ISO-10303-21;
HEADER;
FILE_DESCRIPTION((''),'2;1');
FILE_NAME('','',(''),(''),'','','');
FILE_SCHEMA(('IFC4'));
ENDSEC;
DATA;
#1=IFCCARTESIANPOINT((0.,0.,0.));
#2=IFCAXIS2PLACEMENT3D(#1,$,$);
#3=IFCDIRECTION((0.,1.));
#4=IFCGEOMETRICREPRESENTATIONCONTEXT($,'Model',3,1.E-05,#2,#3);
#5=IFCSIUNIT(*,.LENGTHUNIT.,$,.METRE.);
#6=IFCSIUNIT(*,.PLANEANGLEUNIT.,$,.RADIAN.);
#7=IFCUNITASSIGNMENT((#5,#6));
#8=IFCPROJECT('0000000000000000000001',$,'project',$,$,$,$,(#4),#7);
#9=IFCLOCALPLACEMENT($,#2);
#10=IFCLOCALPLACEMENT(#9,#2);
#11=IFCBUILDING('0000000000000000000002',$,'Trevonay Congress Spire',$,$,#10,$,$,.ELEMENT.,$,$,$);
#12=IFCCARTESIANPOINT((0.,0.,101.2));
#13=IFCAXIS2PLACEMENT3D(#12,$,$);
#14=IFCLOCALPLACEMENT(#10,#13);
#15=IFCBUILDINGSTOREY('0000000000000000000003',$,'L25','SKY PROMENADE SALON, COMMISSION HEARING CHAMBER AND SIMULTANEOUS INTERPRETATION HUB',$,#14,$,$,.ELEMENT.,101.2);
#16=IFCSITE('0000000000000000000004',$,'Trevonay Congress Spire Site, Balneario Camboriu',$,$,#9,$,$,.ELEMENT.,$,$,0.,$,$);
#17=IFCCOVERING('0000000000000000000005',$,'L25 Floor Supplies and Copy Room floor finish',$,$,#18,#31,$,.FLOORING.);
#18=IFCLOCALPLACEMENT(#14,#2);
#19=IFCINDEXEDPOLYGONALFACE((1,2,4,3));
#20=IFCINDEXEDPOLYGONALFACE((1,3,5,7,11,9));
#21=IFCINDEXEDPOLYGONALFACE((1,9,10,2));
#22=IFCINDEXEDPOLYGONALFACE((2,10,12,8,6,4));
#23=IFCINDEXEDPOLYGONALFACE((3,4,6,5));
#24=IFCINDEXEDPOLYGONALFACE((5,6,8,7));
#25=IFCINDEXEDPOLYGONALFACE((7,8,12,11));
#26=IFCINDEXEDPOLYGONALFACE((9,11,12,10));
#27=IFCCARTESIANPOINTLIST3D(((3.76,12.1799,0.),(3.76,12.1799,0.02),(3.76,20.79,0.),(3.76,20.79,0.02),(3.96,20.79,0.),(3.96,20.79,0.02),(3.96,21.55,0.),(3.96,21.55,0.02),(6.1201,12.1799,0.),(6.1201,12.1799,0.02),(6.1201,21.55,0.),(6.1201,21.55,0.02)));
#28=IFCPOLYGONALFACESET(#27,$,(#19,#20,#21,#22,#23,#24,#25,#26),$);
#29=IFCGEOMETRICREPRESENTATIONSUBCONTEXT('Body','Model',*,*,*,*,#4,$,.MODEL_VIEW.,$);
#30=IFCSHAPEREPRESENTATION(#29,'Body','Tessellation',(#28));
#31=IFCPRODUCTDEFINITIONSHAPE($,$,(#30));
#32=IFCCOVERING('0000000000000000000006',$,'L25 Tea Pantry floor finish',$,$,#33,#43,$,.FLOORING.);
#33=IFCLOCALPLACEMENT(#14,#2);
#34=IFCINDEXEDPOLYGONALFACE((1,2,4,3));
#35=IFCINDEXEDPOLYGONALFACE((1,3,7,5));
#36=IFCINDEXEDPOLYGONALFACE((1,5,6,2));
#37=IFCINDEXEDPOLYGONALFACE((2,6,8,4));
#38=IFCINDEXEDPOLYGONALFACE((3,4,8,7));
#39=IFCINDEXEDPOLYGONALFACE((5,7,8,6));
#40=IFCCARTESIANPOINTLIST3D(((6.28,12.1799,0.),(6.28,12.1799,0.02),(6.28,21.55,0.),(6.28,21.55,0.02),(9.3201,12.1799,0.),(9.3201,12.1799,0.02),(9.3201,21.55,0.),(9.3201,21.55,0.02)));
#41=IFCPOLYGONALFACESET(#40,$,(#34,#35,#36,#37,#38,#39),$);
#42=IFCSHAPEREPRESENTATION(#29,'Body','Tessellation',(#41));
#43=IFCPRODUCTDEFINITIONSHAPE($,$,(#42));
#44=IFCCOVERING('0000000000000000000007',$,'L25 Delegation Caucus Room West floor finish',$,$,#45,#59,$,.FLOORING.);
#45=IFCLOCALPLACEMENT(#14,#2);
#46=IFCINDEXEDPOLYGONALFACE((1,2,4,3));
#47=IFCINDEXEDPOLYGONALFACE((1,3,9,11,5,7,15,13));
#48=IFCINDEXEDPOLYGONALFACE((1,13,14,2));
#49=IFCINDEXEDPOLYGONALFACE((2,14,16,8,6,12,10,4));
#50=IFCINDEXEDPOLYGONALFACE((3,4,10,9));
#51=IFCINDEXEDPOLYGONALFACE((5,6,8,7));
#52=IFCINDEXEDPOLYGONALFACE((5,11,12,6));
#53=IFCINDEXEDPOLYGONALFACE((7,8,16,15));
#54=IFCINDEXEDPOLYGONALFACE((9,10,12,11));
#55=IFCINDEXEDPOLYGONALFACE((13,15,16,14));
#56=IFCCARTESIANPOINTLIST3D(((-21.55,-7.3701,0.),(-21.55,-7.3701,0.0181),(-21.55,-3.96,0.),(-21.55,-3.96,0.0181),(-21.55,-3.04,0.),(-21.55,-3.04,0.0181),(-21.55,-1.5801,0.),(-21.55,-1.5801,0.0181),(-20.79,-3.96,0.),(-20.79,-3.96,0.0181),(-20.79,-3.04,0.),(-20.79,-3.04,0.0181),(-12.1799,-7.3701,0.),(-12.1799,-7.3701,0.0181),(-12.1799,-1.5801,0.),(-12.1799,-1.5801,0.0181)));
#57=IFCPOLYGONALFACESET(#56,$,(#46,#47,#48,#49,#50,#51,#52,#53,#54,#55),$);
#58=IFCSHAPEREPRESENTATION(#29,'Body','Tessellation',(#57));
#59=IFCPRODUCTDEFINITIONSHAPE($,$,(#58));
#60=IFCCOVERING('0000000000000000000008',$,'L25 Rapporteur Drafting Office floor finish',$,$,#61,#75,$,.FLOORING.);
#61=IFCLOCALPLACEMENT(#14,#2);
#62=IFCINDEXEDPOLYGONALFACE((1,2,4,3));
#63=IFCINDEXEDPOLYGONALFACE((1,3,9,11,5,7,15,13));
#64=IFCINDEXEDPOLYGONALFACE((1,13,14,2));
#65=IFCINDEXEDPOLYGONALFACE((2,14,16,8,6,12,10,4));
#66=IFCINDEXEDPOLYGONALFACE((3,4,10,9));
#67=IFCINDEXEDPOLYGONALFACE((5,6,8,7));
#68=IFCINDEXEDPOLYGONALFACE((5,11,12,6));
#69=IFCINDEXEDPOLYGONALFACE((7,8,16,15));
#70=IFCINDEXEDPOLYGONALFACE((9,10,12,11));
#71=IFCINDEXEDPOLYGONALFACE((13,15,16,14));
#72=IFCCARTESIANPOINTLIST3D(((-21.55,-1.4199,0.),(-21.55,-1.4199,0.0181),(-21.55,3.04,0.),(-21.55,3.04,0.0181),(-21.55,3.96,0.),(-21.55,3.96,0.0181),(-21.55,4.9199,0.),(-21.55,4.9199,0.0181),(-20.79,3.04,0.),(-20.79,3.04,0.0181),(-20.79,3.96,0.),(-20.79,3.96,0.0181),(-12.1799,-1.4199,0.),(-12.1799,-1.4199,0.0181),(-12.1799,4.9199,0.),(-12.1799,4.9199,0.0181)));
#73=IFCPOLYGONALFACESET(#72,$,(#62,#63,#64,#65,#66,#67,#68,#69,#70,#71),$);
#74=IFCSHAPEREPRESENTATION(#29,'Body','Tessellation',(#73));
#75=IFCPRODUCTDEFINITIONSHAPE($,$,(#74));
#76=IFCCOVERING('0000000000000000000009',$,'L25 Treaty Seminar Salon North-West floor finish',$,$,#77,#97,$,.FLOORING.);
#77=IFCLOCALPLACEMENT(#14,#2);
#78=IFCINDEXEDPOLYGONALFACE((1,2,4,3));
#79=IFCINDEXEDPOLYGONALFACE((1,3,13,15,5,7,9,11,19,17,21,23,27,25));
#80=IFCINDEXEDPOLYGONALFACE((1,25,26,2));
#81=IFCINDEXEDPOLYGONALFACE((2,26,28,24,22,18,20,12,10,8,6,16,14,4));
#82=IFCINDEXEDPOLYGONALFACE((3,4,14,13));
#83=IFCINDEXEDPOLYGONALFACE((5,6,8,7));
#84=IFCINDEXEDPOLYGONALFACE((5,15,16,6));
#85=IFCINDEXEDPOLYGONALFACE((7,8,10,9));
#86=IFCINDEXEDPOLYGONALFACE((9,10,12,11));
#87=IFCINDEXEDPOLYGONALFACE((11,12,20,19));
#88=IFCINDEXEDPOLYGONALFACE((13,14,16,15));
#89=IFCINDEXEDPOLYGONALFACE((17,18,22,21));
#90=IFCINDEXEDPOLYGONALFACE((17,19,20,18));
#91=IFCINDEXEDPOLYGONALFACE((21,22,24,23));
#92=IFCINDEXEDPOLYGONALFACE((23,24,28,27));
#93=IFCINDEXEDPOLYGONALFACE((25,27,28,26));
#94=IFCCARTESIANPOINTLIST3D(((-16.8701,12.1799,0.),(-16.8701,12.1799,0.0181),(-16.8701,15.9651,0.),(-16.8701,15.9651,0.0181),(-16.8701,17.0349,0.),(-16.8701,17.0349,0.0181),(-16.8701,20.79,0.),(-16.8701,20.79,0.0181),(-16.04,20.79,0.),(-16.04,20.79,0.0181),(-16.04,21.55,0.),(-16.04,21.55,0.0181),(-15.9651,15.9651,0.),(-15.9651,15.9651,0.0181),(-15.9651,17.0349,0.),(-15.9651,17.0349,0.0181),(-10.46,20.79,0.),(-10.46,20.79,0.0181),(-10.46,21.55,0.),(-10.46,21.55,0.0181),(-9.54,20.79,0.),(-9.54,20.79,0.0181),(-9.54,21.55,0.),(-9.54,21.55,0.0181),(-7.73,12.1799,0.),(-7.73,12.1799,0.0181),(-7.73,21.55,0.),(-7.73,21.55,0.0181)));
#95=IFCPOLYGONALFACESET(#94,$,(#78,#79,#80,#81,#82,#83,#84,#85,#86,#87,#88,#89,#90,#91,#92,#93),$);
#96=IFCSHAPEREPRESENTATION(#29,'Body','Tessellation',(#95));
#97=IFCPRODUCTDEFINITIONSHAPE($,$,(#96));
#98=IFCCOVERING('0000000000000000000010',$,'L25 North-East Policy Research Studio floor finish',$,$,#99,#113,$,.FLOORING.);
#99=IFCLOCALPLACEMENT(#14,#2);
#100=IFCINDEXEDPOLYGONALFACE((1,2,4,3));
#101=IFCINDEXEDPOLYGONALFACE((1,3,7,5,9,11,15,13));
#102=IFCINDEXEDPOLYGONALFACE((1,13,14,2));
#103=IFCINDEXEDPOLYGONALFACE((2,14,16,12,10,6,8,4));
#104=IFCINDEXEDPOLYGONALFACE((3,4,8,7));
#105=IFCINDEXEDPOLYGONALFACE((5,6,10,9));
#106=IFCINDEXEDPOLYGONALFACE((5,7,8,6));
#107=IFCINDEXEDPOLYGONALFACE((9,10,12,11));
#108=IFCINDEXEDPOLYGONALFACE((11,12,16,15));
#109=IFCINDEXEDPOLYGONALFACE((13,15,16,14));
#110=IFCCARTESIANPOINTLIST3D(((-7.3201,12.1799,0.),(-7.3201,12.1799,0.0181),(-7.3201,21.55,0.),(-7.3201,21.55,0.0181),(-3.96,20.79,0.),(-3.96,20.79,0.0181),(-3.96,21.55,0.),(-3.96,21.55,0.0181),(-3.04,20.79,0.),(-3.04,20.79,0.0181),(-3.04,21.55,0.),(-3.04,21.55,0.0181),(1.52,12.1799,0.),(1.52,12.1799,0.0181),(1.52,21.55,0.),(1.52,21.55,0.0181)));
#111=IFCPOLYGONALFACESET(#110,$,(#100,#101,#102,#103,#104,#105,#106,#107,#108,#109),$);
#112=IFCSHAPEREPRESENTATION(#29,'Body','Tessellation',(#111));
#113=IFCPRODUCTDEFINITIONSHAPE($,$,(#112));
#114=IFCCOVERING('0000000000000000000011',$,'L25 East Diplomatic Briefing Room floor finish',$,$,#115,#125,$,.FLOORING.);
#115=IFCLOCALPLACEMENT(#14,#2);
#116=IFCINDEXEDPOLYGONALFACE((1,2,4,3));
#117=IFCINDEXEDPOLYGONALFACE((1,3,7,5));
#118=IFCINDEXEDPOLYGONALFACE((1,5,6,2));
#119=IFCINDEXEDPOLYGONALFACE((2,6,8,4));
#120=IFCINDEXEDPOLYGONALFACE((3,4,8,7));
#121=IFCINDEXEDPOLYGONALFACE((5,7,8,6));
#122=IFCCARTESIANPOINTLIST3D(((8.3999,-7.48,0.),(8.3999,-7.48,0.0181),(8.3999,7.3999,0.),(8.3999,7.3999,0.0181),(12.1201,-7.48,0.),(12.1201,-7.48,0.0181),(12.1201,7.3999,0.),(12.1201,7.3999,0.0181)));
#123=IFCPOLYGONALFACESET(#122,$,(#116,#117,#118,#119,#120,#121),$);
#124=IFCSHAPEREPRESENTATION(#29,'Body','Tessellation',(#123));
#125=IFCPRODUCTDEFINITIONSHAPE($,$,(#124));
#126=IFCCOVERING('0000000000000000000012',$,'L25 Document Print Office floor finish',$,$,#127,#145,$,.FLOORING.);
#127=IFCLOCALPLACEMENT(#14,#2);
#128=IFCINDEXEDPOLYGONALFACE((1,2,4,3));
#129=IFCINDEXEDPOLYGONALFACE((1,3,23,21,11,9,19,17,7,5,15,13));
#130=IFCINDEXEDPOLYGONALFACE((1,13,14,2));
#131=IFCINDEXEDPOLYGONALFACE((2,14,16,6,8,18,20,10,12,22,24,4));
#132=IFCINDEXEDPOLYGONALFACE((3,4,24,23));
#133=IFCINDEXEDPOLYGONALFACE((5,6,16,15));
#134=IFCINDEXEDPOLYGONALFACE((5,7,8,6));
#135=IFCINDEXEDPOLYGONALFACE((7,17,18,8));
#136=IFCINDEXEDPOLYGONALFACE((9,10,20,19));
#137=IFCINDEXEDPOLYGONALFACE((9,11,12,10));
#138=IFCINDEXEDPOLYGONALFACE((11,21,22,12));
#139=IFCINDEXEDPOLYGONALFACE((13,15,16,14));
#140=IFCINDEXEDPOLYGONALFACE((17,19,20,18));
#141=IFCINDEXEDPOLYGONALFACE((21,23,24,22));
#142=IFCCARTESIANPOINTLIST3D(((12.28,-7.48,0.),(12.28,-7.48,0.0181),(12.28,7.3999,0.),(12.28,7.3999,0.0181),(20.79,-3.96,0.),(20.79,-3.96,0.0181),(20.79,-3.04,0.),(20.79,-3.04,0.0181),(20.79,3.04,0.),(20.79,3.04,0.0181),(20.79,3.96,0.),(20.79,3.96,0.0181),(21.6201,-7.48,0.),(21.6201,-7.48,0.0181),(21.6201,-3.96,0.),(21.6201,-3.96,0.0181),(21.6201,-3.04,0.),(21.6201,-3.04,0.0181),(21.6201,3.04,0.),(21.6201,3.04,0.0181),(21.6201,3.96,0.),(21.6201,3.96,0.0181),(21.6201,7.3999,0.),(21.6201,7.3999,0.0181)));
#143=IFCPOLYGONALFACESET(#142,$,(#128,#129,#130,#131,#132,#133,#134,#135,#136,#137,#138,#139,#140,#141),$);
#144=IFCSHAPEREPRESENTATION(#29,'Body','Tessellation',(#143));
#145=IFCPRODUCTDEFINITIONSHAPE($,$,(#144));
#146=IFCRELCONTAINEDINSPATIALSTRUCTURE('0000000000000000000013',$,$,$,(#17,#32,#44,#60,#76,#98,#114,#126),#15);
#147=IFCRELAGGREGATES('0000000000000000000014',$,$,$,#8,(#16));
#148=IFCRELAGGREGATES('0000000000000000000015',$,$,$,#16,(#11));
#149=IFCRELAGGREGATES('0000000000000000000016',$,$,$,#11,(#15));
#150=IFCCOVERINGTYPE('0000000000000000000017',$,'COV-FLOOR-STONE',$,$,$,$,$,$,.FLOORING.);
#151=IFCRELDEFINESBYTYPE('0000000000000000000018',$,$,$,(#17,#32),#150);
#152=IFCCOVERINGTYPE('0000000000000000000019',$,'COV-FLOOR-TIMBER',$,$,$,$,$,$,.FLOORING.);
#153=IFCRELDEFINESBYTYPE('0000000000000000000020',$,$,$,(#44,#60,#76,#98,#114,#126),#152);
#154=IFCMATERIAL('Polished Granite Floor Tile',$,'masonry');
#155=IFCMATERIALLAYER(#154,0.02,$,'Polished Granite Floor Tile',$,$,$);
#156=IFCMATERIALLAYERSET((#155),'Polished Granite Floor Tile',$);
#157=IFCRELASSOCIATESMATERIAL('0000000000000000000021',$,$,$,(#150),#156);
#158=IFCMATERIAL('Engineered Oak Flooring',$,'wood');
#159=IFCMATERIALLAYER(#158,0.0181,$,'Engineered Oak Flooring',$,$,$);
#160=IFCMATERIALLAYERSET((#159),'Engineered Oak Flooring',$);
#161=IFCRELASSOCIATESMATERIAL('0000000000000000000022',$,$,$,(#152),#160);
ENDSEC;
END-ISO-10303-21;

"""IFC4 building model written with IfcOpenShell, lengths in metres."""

from ifc_helpers import new_model, si_unit, direction, frame, origin, place, context, subcontext, project, spatial, polyline, outline, extrude, material, layer, layer_set, type_object, element, save


model = new_model("IFC4")

# Units and contexts
model_context = context("Model", 3, precision=1e-05, world=origin(), true_north=direction((0.0, 1.0)))
body_context = subcontext(model_context, "Body", "Model", "MODEL_VIEW")
ifc_project = project(units=[si_unit("LENGTHUNIT", "METRE"), si_unit("PLANEANGLEUNIT", "RADIAN")], contexts=[model_context])

# Site, building, storey
site_placement = place(None, origin())
site = spatial("IfcSite", under=ifc_project, at=site_placement, Name="Trevonay Congress Spire Site, Balneario Camboriu", CompositionType="ELEMENT", RefElevation=0.0)
building_placement = place(site_placement, origin())
building = spatial("IfcBuilding", under=site, at=building_placement, Name="Trevonay Congress Spire", CompositionType="ELEMENT")
storey_placement = place(building_placement, frame((0.0, 0.0, 101.2)))
storey = spatial("IfcBuildingStorey", under=building, at=storey_placement, Name="L25", Description="SKY PROMENADE SALON, COMMISSION HEARING CHAMBER AND SIMULTANEOUS INTERPRETATION HUB", CompositionType="ELEMENT", Elevation=101.2)

# Coverings
ifc_material_1 = material(Name="Polished Granite Floor Tile", Category="masonry")
ifc_layer_1 = layer(ifc_material_1, 0.02, Name="Polished Granite Floor Tile")
ifc_layer_set_1 = layer_set([ifc_layer_1], Name="Polished Granite Floor Tile")
covering_type_1 = type_object("IfcCoveringType", Name="COV-FLOOR-STONE", PredefinedType="FLOORING", material=ifc_layer_set_1)
covering_1_placement = place(storey_placement, origin())
element("IfcCovering", 1, at=covering_1_placement, inside=storey, type_object=covering_type_1, Name="L25 Floor Supplies and Copy Room floor finish", PredefinedType="FLOORING", context=body_context, shape_type="SweptSolid", body=[
    extrude(outline(polyline([(6.1201, 21.55), (6.1201, 12.1799), (3.76, 12.1799), (3.76, 20.79), (3.96, 20.79), (3.96, 21.55), (6.1201, 21.55)])), origin(), (0.0, 0.0, 1.0), 0.02),
])
covering_2_placement = place(storey_placement, origin())
element("IfcCovering", 2, at=covering_2_placement, inside=storey, type_object=covering_type_1, Name="L25 Tea Pantry floor finish", PredefinedType="FLOORING", context=body_context, shape_type="SweptSolid", body=[
    extrude(outline(polyline([(6.28, 12.1799), (9.3201, 12.1799), (9.3201, 21.55), (6.28, 21.55), (6.28, 12.1799)])), origin(), (0.0, 0.0, 1.0), 0.02),
])
ifc_material_2 = material(Name="Engineered Oak Flooring", Category="wood")
ifc_layer_2 = layer(ifc_material_2, 0.0181, Name="Engineered Oak Flooring")
ifc_layer_set_2 = layer_set([ifc_layer_2], Name="Engineered Oak Flooring")
covering_type_2 = type_object("IfcCoveringType", Name="COV-FLOOR-TIMBER", PredefinedType="FLOORING", material=ifc_layer_set_2)
covering_3_placement = place(storey_placement, origin())
element("IfcCovering", 3, at=covering_3_placement, inside=storey, type_object=covering_type_2, Name="L25 Delegation Caucus Room West floor finish", PredefinedType="FLOORING", context=body_context, shape_type="SweptSolid", body=[
    extrude(outline(polyline([(-21.55, -1.5801), (-12.1799, -1.5801), (-12.1799, -7.3701), (-21.55, -7.3701), (-21.55, -3.96), (-20.79, -3.96), (-20.79, -3.04), (-21.55, -3.04), (-21.55, -1.5801)])), origin(), (0.0, 0.0, 1.0), 0.0181),
])
covering_4_placement = place(storey_placement, origin())
element("IfcCovering", 4, at=covering_4_placement, inside=storey, type_object=covering_type_2, Name="L25 Rapporteur Drafting Office floor finish", PredefinedType="FLOORING", context=body_context, shape_type="SweptSolid", body=[
    extrude(outline(polyline([(-21.55, 4.9199), (-12.1799, 4.9199), (-12.1799, -1.4199), (-21.55, -1.4199), (-21.55, 3.04), (-20.79, 3.04), (-20.79, 3.96), (-21.55, 3.96), (-21.55, 4.9199)])), origin(), (0.0, 0.0, 1.0), 0.0181),
])
covering_5_placement = place(storey_placement, origin())
element("IfcCovering", 5, at=covering_5_placement, inside=storey, type_object=covering_type_2, Name="L25 Treaty Seminar Salon North-West floor finish", PredefinedType="FLOORING", context=body_context, shape_type="SweptSolid", body=[
    extrude(outline(polyline([(-7.73, 21.55), (-7.73, 12.1799), (-16.8701, 12.1799), (-16.8701, 15.9651), (-15.9651, 15.9651), (-15.9651, 17.0349), (-16.8701, 17.0349), (-16.8701, 20.79), (-16.04, 20.79), (-16.04, 21.55), (-10.46, 21.55), (-10.46, 20.79), (-9.54, 20.79), (-9.54, 21.55), (-7.73, 21.55)])), origin(), (0.0, 0.0, 1.0), 0.0181),
])
covering_6_placement = place(storey_placement, origin())
element("IfcCovering", 6, at=covering_6_placement, inside=storey, type_object=covering_type_2, Name="L25 North-East Policy Research Studio floor finish", PredefinedType="FLOORING", context=body_context, shape_type="SweptSolid", body=[
    extrude(outline(polyline([(1.52, 21.55), (1.52, 12.1799), (-7.3201, 12.1799), (-7.3201, 21.55), (-3.96, 21.55), (-3.96, 20.79), (-3.04, 20.79), (-3.04, 21.55), (1.52, 21.55)])), origin(), (0.0, 0.0, 1.0), 0.0181),
])
covering_7_placement = place(storey_placement, origin())
element("IfcCovering", 7, at=covering_7_placement, inside=storey, type_object=covering_type_2, Name="L25 East Diplomatic Briefing Room floor finish", PredefinedType="FLOORING", context=body_context, shape_type="SweptSolid", body=[
    extrude(outline(polyline([(8.3999, -7.48), (12.1201, -7.48), (12.1201, 7.3999), (8.3999, 7.3999), (8.3999, -7.48)])), origin(), (0.0, 0.0, 1.0), 0.0181),
])
covering_8_placement = place(storey_placement, origin())
element("IfcCovering", 8, at=covering_8_placement, inside=storey, type_object=covering_type_2, Name="L25 Document Print Office floor finish", PredefinedType="FLOORING", context=body_context, shape_type="SweptSolid", body=[
    extrude(outline(polyline([(21.6201, -7.48), (12.28, -7.48), (12.28, 7.3999), (21.6201, 7.3999), (21.6201, 3.96), (20.79, 3.96), (20.79, 3.04), (21.6201, 3.04), (21.6201, -3.04), (20.79, -3.04), (20.79, -3.96), (21.6201, -3.96), (21.6201, -7.48)])), origin(), (0.0, 0.0, 1.0), 0.0181),
])

save(model, "model.ifc")
